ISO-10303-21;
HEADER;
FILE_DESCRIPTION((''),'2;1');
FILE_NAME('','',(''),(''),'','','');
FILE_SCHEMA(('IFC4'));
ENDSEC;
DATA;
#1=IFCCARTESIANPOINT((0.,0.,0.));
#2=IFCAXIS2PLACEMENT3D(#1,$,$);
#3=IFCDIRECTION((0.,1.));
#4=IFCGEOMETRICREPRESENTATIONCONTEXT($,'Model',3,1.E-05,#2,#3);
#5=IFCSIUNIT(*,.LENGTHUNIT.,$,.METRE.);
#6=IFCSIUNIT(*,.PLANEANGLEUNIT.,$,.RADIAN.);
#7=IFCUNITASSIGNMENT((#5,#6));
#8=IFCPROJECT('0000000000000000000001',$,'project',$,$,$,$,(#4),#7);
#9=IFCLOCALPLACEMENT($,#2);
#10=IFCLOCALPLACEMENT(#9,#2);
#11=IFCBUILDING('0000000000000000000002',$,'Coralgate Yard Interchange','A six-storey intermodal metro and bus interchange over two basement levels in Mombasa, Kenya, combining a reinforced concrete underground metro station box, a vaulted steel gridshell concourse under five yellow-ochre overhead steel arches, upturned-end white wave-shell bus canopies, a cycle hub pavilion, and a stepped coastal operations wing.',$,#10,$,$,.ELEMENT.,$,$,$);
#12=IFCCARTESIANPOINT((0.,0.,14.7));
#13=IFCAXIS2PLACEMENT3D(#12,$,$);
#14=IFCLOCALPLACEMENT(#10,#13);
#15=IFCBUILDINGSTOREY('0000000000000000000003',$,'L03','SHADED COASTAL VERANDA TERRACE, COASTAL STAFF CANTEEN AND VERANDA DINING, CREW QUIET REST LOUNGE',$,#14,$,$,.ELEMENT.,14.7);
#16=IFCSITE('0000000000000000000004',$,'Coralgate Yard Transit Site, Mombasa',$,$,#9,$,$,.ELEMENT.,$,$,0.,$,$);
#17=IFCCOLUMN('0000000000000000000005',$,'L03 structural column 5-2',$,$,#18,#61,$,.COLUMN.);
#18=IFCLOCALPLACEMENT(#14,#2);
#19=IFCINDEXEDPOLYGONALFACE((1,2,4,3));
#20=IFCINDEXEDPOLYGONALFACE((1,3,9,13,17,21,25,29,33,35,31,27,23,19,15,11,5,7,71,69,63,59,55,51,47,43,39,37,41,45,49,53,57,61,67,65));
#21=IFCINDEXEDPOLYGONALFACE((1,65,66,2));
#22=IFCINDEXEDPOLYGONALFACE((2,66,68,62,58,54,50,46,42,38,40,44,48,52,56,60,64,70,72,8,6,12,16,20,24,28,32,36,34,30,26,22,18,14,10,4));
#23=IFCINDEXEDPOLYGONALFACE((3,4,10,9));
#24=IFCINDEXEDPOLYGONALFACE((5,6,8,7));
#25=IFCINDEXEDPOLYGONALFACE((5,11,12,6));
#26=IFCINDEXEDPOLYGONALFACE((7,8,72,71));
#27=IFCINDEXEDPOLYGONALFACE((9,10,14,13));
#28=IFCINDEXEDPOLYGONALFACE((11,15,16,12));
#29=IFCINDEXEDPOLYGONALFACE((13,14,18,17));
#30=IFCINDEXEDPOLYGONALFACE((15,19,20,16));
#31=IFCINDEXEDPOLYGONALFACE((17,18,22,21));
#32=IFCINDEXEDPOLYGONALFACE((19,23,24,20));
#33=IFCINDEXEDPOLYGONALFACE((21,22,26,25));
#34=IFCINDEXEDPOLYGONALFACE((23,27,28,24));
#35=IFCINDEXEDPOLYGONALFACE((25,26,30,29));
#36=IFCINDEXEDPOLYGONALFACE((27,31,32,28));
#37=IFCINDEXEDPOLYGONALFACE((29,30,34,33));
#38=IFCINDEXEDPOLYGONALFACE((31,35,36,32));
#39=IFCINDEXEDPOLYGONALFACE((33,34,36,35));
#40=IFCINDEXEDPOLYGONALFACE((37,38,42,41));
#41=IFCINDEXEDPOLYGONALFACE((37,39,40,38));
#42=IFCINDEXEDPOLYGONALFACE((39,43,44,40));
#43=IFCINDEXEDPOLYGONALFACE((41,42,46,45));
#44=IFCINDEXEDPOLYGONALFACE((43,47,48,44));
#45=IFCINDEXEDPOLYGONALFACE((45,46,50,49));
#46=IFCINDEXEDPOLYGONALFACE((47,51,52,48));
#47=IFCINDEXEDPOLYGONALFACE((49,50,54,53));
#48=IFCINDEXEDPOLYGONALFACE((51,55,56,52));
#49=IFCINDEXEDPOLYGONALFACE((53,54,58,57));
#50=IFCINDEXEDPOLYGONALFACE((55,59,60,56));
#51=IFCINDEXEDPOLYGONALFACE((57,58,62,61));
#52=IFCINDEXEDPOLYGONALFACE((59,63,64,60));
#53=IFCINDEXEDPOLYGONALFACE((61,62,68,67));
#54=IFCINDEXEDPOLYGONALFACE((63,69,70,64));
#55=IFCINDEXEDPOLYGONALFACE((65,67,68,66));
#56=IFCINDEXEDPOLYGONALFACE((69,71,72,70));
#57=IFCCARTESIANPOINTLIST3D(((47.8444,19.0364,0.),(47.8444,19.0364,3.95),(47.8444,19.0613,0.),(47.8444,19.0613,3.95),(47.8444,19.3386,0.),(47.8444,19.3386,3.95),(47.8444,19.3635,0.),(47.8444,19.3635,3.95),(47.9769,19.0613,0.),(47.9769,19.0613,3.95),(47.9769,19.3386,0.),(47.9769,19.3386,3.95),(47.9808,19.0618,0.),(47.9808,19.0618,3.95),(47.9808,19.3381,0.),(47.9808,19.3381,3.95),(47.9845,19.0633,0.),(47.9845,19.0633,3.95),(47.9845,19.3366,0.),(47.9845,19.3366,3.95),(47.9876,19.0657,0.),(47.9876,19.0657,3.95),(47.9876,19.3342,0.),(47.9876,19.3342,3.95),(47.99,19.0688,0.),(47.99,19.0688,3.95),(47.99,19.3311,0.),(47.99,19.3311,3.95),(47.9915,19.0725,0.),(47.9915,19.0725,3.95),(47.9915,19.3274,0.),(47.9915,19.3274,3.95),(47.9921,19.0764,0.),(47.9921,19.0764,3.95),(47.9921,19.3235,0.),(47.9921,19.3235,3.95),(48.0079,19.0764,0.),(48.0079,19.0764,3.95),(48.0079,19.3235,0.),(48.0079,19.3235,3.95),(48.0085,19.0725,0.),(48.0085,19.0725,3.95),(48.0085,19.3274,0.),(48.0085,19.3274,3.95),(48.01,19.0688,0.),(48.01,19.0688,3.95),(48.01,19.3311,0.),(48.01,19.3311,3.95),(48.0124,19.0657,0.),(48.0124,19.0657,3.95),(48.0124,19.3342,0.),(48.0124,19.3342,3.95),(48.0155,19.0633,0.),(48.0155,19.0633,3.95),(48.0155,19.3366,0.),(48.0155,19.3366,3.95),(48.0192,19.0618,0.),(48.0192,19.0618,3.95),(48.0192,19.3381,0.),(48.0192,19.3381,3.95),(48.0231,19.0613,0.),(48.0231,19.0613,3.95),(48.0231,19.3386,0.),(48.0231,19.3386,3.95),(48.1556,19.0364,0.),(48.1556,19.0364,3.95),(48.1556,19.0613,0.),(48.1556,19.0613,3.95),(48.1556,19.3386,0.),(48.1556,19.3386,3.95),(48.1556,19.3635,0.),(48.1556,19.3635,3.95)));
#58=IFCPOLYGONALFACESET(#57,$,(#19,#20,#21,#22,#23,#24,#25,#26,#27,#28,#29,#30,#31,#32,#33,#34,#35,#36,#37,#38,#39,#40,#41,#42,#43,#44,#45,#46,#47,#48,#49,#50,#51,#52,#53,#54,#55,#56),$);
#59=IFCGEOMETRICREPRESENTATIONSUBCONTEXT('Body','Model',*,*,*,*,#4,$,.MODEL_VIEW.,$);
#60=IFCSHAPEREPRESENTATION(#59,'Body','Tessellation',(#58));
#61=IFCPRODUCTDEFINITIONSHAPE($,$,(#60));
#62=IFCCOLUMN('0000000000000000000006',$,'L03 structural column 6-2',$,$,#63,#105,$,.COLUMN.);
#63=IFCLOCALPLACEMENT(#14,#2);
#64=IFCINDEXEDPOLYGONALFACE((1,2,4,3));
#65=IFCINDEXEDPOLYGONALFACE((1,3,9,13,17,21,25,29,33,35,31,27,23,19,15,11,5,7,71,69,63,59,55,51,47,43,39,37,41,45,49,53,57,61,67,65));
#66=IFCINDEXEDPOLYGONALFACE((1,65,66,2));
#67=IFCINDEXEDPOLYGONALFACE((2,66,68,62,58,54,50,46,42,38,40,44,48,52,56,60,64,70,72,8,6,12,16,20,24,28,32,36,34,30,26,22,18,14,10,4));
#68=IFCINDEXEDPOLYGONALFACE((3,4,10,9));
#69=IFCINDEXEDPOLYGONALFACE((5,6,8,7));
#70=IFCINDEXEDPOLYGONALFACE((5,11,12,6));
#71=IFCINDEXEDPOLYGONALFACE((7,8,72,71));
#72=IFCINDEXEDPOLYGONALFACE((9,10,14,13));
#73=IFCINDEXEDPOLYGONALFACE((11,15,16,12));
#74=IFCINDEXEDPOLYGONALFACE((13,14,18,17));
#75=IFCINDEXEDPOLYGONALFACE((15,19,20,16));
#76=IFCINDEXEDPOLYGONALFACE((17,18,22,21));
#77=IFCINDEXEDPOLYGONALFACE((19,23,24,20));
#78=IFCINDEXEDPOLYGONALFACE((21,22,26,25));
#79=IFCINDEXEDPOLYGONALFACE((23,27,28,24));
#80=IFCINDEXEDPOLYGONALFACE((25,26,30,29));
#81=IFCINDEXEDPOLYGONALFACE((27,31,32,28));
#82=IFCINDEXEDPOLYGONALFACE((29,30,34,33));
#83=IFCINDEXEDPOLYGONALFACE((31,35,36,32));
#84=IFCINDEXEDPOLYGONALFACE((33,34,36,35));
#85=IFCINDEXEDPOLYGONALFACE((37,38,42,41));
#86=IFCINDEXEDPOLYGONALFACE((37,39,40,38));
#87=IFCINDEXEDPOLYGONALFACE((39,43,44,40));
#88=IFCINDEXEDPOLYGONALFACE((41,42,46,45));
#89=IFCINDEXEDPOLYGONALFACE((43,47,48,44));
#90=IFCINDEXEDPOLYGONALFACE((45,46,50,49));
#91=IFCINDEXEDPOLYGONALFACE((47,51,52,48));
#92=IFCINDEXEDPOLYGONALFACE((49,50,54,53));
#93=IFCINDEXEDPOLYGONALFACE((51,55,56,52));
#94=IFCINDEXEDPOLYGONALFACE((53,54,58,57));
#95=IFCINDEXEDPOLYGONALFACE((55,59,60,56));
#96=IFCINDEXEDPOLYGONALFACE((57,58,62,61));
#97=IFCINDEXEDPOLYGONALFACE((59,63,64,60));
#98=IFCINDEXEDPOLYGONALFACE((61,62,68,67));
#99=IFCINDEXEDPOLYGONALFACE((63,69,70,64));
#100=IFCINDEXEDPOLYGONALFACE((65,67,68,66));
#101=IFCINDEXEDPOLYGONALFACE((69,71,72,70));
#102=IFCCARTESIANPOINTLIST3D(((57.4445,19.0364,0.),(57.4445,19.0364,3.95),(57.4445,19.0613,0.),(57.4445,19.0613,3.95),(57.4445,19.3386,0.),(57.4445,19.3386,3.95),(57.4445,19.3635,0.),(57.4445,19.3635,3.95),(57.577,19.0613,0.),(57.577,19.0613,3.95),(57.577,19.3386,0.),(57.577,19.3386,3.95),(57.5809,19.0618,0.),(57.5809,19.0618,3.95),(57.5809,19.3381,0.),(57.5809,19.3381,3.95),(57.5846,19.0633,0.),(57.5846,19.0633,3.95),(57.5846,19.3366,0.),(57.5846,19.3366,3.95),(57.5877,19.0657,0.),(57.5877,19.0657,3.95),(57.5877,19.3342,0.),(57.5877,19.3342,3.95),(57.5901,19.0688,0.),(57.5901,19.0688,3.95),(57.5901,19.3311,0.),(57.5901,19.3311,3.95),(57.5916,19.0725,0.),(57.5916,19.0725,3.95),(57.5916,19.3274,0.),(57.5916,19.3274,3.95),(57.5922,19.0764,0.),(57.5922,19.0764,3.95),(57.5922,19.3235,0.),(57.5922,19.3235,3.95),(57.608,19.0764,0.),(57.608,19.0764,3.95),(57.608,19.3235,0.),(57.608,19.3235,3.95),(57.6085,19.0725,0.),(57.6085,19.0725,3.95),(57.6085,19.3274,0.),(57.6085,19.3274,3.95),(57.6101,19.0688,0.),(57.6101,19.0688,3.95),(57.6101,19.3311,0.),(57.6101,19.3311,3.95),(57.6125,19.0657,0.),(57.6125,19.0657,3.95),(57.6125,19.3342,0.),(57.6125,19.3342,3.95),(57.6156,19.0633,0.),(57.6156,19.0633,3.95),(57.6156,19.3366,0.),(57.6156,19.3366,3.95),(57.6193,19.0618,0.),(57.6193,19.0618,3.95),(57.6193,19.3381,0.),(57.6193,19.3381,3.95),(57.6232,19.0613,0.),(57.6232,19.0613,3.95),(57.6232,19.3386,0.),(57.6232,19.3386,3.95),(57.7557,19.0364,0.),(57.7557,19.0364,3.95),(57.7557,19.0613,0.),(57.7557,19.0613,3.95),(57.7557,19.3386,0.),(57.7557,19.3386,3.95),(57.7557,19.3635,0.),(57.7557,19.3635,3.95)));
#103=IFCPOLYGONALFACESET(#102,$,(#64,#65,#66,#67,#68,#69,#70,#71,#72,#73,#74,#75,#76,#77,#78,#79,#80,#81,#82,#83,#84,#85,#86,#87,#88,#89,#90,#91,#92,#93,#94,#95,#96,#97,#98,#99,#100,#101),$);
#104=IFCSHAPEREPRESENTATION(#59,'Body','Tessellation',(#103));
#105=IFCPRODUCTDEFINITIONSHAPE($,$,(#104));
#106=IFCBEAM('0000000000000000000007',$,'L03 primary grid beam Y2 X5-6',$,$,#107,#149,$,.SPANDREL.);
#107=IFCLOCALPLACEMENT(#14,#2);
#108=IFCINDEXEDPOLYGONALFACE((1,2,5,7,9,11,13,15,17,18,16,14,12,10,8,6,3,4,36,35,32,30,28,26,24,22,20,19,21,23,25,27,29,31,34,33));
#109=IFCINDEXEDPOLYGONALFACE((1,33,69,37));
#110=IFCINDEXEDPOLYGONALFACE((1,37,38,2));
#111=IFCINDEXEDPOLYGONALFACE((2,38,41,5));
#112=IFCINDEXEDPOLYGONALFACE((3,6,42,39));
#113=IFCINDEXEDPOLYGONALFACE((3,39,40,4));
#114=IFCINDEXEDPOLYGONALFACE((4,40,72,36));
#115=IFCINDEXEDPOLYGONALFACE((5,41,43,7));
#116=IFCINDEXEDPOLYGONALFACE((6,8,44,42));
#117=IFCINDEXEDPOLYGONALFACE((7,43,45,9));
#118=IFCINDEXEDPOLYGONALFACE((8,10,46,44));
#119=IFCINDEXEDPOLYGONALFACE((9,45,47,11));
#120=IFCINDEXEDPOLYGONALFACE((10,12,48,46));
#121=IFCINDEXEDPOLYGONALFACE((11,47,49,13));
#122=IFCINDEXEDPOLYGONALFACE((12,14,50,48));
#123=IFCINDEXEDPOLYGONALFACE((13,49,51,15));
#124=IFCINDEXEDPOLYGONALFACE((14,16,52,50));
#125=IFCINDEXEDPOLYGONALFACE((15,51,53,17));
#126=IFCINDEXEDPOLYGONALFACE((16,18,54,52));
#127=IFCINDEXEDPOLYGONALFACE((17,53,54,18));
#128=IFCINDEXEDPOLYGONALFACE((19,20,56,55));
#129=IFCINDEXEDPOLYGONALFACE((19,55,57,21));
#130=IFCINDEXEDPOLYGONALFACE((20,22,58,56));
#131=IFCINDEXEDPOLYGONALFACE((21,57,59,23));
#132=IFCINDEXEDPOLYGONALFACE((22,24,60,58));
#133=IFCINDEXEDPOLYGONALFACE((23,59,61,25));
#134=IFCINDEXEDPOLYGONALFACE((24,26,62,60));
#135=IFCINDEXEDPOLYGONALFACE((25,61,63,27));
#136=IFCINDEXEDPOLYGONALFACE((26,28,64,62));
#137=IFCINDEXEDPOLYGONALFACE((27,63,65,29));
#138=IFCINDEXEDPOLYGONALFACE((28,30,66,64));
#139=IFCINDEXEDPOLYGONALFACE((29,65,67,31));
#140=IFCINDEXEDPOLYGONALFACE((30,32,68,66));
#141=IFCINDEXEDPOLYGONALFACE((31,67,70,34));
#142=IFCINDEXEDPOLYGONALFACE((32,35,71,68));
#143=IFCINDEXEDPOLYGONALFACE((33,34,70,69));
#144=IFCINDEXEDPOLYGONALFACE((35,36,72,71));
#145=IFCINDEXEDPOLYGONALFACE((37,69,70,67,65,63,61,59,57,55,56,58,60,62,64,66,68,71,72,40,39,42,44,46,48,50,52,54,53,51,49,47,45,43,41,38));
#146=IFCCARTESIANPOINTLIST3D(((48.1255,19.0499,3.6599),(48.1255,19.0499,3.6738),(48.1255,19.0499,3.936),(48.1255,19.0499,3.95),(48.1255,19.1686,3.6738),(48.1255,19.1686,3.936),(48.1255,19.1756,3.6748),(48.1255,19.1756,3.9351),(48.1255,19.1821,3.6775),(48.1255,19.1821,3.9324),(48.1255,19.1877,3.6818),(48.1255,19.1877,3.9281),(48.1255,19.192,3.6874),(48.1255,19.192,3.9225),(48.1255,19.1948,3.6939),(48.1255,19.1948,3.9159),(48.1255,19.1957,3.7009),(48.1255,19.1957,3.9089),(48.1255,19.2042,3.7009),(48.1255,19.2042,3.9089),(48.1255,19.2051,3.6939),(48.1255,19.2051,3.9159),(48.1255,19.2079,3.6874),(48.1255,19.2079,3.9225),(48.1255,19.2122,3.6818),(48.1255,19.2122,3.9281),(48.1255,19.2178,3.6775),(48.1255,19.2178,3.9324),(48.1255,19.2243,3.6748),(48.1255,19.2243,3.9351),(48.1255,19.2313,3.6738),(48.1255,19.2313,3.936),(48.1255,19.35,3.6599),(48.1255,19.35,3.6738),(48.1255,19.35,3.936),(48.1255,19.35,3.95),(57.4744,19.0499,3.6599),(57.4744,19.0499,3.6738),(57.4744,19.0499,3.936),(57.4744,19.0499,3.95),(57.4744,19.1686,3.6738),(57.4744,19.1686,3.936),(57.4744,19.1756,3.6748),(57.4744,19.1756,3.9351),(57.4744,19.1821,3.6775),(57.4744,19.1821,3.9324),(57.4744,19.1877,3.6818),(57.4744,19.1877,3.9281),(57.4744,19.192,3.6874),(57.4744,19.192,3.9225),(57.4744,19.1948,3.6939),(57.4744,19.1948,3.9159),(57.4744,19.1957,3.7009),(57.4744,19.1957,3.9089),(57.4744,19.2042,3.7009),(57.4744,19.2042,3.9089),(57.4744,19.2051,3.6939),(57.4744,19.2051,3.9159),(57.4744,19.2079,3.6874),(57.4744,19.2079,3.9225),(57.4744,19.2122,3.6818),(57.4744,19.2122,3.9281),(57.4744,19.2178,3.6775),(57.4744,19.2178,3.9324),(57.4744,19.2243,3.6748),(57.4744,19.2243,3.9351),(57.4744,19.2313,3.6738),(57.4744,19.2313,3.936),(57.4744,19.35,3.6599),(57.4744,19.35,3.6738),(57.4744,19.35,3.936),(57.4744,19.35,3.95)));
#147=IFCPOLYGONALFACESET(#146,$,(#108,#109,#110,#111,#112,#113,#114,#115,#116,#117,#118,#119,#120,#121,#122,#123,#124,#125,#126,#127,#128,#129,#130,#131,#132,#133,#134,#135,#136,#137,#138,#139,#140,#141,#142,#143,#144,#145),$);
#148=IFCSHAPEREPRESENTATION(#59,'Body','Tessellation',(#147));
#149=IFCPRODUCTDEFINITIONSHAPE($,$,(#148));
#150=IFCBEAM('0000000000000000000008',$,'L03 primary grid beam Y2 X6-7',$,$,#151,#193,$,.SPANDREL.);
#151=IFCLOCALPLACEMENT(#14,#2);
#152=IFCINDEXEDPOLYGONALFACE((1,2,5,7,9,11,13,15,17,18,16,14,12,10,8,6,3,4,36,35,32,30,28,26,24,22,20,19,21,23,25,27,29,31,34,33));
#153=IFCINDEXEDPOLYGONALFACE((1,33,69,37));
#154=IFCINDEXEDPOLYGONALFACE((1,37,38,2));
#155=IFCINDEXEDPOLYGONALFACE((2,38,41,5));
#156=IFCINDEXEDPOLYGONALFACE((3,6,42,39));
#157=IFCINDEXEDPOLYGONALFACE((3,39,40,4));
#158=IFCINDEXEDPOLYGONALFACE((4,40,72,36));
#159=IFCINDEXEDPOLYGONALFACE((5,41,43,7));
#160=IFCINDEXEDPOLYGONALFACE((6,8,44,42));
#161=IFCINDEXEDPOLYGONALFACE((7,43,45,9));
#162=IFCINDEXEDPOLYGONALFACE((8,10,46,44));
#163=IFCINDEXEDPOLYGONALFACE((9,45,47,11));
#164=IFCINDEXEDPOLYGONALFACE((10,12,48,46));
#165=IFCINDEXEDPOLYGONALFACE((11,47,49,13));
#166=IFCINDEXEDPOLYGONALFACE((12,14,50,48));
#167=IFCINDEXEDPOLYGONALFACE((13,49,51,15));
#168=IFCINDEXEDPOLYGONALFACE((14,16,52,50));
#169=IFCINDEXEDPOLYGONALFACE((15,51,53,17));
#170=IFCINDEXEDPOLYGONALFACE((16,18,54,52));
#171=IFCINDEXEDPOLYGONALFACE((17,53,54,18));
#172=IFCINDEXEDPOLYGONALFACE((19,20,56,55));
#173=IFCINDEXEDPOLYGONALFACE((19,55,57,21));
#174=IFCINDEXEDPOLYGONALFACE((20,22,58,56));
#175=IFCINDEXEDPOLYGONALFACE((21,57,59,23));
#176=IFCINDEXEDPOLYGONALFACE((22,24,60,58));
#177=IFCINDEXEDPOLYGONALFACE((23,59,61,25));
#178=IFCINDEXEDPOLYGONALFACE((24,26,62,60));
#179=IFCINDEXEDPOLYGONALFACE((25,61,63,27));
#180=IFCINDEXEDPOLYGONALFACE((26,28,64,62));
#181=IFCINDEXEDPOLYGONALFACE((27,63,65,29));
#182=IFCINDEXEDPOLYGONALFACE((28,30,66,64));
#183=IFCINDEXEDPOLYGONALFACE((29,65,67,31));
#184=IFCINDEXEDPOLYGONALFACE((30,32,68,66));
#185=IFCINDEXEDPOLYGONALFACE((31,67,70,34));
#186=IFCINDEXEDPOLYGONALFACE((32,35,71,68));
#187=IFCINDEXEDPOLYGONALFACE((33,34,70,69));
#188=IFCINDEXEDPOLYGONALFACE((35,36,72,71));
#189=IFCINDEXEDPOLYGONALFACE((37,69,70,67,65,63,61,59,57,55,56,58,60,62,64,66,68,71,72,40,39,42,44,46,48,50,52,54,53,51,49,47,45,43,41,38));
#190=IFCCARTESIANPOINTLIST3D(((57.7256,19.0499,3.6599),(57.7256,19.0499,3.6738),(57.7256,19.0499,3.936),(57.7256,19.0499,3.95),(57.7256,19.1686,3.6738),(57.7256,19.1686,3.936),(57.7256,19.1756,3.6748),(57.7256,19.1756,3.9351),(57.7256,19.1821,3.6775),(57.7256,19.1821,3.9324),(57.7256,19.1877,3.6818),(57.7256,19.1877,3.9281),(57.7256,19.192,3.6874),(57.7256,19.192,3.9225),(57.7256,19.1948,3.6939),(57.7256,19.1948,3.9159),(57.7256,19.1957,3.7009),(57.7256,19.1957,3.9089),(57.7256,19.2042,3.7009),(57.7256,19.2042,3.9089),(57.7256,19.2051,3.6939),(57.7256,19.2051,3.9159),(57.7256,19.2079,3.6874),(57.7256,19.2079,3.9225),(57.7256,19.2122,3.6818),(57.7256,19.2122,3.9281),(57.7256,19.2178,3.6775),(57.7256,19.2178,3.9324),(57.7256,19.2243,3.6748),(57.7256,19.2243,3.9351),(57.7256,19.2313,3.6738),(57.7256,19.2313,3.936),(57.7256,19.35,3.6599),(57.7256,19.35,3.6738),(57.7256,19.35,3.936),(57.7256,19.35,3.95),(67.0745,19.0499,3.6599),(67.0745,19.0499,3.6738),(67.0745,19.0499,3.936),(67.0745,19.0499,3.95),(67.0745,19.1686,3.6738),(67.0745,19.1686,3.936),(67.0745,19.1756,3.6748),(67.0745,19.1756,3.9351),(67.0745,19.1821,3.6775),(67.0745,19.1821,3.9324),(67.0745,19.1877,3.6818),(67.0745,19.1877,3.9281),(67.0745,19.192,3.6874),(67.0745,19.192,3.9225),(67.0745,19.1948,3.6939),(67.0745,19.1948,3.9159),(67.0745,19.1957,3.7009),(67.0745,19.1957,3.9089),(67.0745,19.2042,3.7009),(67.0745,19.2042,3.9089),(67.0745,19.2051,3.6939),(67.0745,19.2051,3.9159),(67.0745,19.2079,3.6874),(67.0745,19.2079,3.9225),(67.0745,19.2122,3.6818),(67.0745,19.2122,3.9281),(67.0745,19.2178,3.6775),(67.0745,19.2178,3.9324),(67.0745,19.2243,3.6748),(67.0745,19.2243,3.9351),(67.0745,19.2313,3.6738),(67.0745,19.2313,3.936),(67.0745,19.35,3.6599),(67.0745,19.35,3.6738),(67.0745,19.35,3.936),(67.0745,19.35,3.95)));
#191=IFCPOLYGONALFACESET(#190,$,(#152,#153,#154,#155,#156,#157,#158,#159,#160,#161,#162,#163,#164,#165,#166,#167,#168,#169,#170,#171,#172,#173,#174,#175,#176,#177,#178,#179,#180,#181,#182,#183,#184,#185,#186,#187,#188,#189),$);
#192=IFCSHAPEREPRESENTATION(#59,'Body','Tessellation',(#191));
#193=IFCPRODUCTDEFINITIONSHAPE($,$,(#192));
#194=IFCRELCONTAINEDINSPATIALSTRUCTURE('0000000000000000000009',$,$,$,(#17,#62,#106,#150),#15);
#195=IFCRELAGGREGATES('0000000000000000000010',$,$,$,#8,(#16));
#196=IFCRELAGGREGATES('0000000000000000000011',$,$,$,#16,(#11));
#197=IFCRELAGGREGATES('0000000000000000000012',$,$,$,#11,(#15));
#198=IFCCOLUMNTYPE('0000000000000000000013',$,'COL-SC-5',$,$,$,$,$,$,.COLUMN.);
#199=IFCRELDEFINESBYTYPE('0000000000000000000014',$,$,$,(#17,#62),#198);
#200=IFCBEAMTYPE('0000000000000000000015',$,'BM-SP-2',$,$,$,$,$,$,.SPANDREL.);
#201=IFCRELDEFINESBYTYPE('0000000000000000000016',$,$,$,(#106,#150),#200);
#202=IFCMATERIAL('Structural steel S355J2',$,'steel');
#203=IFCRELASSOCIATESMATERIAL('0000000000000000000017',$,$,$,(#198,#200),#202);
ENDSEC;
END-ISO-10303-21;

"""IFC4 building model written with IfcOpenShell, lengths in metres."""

from ifc_helpers import new_model, si_unit, direction, frame, origin, origin_2d, place, context, subcontext, project, spatial, i_section, extrude, material, material_profile, profile_set, type_object, element, save


model = new_model("IFC4")

# Units and contexts
model_context = context("Model", 3, precision=1e-05, world=origin(), true_north=direction((0.0, 1.0)))
body_context = subcontext(model_context, "Body", "Model", "MODEL_VIEW")
ifc_project = project(units=[si_unit("LENGTHUNIT", "METRE"), si_unit("PLANEANGLEUNIT", "RADIAN")], contexts=[model_context])

# Site, building, storey
site_placement = place(None, origin())
site = spatial("IfcSite", under=ifc_project, at=site_placement, Name="Coralgate Yard Transit Site, Mombasa", CompositionType="ELEMENT", RefElevation=0.0)
building_placement = place(site_placement, origin())
building = spatial("IfcBuilding", under=site, at=building_placement, Name="Coralgate Yard Interchange", Description="A six-storey intermodal metro and bus interchange over two basement levels in Mombasa, Kenya, combining a reinforced concrete underground metro station box, a vaulted steel gridshell concourse under five yellow-ochre overhead steel arches, upturned-end white wave-shell bus canopies, a cycle hub pavilion, and a stepped coastal operations wing.", CompositionType="ELEMENT")
storey_placement = place(building_placement, frame((0.0, 0.0, 14.7)))
storey = spatial("IfcBuildingStorey", under=building, at=storey_placement, Name="L03", Description="SHADED COASTAL VERANDA TERRACE, COASTAL STAFF CANTEEN AND VERANDA DINING, CREW QUIET REST LOUNGE", CompositionType="ELEMENT", Elevation=14.7)

# Columns
ifc_material_1 = material(Name="Structural steel S355J2", Category="steel")
ifc_material_profile_1 = material_profile(ifc_material_1, i_section(OverallWidth=0.3113, OverallDepth=0.3271, WebThickness=0.0159, FlangeThickness=0.0249, FilletRadius=0.0151, at=origin_2d()), Name="UC 305x305x158")
ifc_profile_set_1 = profile_set([ifc_material_profile_1], Name="Structural steel S355J2")
column_type = type_object("IfcColumnType", Name="COL-SC-5", PredefinedType="COLUMN", material=ifc_profile_set_1)
for number, where, z_axis, x_axis, name in (
    (1, (48.0, 19.2, 0.0), (0.0, 0.0, 1.0), (1.0, 0.0, 0.0), "L03 structural column 5-2"),
    (2, (57.6001, 19.2, 0.0), (0.0, 0.0, 1.0), (1.0, 0.0, 0.0), "L03 structural column 6-2"),
):
    element("IfcColumn", number, at=place(storey_placement, frame(where, z_axis=z_axis, x_axis=x_axis)), inside=storey, type_object=column_type, Name=name, PredefinedType="COLUMN", context=body_context, shape_type="SweptSolid", body=[
        extrude(i_section(OverallWidth=0.3113, OverallDepth=0.3271, WebThickness=0.0159, FlangeThickness=0.0249, FilletRadius=0.0151, at=origin_2d()), origin(), (0.0, 0.0, 1.0), 3.95),
    ])

# Beams
ifc_material_profile_2 = material_profile(ifc_material_1, i_section(OverallWidth=0.3, OverallDepth=0.29, WebThickness=0.0085, FlangeThickness=0.0139, FilletRadius=0.0271, at=origin_2d()), Name="HEA 300")
ifc_profile_set_2 = profile_set([ifc_material_profile_2], Name="Structural steel S355J2")
beam_type = type_object("IfcBeamType", Name="BM-SP-2", PredefinedType="SPANDREL", material=ifc_profile_set_2)
for number, where, z_axis, x_axis, name in (
    (3, (48.1255, 19.2, 3.8049), (1.0, 0.0, 0.0), (0.0, 1.0, 0.0), "L03 primary grid beam Y2 X5-6"),
    (4, (57.7256, 19.2, 3.8049), (1.0, 0.0, 0.0), (0.0, 1.0, 0.0), "L03 primary grid beam Y2 X6-7"),
):
    element("IfcBeam", number, at=place(storey_placement, frame(where, z_axis=z_axis, x_axis=x_axis)), inside=storey, type_object=beam_type, Name=name, PredefinedType="SPANDREL", context=body_context, shape_type="SweptSolid", body=[
        extrude(i_section(OverallWidth=0.3, OverallDepth=0.29, WebThickness=0.0085, FlangeThickness=0.0139, FilletRadius=0.0271, at=origin_2d()), origin(), (0.0, 0.0, 1.0), 9.3489),
    ])

save(model, "model.ifc")
